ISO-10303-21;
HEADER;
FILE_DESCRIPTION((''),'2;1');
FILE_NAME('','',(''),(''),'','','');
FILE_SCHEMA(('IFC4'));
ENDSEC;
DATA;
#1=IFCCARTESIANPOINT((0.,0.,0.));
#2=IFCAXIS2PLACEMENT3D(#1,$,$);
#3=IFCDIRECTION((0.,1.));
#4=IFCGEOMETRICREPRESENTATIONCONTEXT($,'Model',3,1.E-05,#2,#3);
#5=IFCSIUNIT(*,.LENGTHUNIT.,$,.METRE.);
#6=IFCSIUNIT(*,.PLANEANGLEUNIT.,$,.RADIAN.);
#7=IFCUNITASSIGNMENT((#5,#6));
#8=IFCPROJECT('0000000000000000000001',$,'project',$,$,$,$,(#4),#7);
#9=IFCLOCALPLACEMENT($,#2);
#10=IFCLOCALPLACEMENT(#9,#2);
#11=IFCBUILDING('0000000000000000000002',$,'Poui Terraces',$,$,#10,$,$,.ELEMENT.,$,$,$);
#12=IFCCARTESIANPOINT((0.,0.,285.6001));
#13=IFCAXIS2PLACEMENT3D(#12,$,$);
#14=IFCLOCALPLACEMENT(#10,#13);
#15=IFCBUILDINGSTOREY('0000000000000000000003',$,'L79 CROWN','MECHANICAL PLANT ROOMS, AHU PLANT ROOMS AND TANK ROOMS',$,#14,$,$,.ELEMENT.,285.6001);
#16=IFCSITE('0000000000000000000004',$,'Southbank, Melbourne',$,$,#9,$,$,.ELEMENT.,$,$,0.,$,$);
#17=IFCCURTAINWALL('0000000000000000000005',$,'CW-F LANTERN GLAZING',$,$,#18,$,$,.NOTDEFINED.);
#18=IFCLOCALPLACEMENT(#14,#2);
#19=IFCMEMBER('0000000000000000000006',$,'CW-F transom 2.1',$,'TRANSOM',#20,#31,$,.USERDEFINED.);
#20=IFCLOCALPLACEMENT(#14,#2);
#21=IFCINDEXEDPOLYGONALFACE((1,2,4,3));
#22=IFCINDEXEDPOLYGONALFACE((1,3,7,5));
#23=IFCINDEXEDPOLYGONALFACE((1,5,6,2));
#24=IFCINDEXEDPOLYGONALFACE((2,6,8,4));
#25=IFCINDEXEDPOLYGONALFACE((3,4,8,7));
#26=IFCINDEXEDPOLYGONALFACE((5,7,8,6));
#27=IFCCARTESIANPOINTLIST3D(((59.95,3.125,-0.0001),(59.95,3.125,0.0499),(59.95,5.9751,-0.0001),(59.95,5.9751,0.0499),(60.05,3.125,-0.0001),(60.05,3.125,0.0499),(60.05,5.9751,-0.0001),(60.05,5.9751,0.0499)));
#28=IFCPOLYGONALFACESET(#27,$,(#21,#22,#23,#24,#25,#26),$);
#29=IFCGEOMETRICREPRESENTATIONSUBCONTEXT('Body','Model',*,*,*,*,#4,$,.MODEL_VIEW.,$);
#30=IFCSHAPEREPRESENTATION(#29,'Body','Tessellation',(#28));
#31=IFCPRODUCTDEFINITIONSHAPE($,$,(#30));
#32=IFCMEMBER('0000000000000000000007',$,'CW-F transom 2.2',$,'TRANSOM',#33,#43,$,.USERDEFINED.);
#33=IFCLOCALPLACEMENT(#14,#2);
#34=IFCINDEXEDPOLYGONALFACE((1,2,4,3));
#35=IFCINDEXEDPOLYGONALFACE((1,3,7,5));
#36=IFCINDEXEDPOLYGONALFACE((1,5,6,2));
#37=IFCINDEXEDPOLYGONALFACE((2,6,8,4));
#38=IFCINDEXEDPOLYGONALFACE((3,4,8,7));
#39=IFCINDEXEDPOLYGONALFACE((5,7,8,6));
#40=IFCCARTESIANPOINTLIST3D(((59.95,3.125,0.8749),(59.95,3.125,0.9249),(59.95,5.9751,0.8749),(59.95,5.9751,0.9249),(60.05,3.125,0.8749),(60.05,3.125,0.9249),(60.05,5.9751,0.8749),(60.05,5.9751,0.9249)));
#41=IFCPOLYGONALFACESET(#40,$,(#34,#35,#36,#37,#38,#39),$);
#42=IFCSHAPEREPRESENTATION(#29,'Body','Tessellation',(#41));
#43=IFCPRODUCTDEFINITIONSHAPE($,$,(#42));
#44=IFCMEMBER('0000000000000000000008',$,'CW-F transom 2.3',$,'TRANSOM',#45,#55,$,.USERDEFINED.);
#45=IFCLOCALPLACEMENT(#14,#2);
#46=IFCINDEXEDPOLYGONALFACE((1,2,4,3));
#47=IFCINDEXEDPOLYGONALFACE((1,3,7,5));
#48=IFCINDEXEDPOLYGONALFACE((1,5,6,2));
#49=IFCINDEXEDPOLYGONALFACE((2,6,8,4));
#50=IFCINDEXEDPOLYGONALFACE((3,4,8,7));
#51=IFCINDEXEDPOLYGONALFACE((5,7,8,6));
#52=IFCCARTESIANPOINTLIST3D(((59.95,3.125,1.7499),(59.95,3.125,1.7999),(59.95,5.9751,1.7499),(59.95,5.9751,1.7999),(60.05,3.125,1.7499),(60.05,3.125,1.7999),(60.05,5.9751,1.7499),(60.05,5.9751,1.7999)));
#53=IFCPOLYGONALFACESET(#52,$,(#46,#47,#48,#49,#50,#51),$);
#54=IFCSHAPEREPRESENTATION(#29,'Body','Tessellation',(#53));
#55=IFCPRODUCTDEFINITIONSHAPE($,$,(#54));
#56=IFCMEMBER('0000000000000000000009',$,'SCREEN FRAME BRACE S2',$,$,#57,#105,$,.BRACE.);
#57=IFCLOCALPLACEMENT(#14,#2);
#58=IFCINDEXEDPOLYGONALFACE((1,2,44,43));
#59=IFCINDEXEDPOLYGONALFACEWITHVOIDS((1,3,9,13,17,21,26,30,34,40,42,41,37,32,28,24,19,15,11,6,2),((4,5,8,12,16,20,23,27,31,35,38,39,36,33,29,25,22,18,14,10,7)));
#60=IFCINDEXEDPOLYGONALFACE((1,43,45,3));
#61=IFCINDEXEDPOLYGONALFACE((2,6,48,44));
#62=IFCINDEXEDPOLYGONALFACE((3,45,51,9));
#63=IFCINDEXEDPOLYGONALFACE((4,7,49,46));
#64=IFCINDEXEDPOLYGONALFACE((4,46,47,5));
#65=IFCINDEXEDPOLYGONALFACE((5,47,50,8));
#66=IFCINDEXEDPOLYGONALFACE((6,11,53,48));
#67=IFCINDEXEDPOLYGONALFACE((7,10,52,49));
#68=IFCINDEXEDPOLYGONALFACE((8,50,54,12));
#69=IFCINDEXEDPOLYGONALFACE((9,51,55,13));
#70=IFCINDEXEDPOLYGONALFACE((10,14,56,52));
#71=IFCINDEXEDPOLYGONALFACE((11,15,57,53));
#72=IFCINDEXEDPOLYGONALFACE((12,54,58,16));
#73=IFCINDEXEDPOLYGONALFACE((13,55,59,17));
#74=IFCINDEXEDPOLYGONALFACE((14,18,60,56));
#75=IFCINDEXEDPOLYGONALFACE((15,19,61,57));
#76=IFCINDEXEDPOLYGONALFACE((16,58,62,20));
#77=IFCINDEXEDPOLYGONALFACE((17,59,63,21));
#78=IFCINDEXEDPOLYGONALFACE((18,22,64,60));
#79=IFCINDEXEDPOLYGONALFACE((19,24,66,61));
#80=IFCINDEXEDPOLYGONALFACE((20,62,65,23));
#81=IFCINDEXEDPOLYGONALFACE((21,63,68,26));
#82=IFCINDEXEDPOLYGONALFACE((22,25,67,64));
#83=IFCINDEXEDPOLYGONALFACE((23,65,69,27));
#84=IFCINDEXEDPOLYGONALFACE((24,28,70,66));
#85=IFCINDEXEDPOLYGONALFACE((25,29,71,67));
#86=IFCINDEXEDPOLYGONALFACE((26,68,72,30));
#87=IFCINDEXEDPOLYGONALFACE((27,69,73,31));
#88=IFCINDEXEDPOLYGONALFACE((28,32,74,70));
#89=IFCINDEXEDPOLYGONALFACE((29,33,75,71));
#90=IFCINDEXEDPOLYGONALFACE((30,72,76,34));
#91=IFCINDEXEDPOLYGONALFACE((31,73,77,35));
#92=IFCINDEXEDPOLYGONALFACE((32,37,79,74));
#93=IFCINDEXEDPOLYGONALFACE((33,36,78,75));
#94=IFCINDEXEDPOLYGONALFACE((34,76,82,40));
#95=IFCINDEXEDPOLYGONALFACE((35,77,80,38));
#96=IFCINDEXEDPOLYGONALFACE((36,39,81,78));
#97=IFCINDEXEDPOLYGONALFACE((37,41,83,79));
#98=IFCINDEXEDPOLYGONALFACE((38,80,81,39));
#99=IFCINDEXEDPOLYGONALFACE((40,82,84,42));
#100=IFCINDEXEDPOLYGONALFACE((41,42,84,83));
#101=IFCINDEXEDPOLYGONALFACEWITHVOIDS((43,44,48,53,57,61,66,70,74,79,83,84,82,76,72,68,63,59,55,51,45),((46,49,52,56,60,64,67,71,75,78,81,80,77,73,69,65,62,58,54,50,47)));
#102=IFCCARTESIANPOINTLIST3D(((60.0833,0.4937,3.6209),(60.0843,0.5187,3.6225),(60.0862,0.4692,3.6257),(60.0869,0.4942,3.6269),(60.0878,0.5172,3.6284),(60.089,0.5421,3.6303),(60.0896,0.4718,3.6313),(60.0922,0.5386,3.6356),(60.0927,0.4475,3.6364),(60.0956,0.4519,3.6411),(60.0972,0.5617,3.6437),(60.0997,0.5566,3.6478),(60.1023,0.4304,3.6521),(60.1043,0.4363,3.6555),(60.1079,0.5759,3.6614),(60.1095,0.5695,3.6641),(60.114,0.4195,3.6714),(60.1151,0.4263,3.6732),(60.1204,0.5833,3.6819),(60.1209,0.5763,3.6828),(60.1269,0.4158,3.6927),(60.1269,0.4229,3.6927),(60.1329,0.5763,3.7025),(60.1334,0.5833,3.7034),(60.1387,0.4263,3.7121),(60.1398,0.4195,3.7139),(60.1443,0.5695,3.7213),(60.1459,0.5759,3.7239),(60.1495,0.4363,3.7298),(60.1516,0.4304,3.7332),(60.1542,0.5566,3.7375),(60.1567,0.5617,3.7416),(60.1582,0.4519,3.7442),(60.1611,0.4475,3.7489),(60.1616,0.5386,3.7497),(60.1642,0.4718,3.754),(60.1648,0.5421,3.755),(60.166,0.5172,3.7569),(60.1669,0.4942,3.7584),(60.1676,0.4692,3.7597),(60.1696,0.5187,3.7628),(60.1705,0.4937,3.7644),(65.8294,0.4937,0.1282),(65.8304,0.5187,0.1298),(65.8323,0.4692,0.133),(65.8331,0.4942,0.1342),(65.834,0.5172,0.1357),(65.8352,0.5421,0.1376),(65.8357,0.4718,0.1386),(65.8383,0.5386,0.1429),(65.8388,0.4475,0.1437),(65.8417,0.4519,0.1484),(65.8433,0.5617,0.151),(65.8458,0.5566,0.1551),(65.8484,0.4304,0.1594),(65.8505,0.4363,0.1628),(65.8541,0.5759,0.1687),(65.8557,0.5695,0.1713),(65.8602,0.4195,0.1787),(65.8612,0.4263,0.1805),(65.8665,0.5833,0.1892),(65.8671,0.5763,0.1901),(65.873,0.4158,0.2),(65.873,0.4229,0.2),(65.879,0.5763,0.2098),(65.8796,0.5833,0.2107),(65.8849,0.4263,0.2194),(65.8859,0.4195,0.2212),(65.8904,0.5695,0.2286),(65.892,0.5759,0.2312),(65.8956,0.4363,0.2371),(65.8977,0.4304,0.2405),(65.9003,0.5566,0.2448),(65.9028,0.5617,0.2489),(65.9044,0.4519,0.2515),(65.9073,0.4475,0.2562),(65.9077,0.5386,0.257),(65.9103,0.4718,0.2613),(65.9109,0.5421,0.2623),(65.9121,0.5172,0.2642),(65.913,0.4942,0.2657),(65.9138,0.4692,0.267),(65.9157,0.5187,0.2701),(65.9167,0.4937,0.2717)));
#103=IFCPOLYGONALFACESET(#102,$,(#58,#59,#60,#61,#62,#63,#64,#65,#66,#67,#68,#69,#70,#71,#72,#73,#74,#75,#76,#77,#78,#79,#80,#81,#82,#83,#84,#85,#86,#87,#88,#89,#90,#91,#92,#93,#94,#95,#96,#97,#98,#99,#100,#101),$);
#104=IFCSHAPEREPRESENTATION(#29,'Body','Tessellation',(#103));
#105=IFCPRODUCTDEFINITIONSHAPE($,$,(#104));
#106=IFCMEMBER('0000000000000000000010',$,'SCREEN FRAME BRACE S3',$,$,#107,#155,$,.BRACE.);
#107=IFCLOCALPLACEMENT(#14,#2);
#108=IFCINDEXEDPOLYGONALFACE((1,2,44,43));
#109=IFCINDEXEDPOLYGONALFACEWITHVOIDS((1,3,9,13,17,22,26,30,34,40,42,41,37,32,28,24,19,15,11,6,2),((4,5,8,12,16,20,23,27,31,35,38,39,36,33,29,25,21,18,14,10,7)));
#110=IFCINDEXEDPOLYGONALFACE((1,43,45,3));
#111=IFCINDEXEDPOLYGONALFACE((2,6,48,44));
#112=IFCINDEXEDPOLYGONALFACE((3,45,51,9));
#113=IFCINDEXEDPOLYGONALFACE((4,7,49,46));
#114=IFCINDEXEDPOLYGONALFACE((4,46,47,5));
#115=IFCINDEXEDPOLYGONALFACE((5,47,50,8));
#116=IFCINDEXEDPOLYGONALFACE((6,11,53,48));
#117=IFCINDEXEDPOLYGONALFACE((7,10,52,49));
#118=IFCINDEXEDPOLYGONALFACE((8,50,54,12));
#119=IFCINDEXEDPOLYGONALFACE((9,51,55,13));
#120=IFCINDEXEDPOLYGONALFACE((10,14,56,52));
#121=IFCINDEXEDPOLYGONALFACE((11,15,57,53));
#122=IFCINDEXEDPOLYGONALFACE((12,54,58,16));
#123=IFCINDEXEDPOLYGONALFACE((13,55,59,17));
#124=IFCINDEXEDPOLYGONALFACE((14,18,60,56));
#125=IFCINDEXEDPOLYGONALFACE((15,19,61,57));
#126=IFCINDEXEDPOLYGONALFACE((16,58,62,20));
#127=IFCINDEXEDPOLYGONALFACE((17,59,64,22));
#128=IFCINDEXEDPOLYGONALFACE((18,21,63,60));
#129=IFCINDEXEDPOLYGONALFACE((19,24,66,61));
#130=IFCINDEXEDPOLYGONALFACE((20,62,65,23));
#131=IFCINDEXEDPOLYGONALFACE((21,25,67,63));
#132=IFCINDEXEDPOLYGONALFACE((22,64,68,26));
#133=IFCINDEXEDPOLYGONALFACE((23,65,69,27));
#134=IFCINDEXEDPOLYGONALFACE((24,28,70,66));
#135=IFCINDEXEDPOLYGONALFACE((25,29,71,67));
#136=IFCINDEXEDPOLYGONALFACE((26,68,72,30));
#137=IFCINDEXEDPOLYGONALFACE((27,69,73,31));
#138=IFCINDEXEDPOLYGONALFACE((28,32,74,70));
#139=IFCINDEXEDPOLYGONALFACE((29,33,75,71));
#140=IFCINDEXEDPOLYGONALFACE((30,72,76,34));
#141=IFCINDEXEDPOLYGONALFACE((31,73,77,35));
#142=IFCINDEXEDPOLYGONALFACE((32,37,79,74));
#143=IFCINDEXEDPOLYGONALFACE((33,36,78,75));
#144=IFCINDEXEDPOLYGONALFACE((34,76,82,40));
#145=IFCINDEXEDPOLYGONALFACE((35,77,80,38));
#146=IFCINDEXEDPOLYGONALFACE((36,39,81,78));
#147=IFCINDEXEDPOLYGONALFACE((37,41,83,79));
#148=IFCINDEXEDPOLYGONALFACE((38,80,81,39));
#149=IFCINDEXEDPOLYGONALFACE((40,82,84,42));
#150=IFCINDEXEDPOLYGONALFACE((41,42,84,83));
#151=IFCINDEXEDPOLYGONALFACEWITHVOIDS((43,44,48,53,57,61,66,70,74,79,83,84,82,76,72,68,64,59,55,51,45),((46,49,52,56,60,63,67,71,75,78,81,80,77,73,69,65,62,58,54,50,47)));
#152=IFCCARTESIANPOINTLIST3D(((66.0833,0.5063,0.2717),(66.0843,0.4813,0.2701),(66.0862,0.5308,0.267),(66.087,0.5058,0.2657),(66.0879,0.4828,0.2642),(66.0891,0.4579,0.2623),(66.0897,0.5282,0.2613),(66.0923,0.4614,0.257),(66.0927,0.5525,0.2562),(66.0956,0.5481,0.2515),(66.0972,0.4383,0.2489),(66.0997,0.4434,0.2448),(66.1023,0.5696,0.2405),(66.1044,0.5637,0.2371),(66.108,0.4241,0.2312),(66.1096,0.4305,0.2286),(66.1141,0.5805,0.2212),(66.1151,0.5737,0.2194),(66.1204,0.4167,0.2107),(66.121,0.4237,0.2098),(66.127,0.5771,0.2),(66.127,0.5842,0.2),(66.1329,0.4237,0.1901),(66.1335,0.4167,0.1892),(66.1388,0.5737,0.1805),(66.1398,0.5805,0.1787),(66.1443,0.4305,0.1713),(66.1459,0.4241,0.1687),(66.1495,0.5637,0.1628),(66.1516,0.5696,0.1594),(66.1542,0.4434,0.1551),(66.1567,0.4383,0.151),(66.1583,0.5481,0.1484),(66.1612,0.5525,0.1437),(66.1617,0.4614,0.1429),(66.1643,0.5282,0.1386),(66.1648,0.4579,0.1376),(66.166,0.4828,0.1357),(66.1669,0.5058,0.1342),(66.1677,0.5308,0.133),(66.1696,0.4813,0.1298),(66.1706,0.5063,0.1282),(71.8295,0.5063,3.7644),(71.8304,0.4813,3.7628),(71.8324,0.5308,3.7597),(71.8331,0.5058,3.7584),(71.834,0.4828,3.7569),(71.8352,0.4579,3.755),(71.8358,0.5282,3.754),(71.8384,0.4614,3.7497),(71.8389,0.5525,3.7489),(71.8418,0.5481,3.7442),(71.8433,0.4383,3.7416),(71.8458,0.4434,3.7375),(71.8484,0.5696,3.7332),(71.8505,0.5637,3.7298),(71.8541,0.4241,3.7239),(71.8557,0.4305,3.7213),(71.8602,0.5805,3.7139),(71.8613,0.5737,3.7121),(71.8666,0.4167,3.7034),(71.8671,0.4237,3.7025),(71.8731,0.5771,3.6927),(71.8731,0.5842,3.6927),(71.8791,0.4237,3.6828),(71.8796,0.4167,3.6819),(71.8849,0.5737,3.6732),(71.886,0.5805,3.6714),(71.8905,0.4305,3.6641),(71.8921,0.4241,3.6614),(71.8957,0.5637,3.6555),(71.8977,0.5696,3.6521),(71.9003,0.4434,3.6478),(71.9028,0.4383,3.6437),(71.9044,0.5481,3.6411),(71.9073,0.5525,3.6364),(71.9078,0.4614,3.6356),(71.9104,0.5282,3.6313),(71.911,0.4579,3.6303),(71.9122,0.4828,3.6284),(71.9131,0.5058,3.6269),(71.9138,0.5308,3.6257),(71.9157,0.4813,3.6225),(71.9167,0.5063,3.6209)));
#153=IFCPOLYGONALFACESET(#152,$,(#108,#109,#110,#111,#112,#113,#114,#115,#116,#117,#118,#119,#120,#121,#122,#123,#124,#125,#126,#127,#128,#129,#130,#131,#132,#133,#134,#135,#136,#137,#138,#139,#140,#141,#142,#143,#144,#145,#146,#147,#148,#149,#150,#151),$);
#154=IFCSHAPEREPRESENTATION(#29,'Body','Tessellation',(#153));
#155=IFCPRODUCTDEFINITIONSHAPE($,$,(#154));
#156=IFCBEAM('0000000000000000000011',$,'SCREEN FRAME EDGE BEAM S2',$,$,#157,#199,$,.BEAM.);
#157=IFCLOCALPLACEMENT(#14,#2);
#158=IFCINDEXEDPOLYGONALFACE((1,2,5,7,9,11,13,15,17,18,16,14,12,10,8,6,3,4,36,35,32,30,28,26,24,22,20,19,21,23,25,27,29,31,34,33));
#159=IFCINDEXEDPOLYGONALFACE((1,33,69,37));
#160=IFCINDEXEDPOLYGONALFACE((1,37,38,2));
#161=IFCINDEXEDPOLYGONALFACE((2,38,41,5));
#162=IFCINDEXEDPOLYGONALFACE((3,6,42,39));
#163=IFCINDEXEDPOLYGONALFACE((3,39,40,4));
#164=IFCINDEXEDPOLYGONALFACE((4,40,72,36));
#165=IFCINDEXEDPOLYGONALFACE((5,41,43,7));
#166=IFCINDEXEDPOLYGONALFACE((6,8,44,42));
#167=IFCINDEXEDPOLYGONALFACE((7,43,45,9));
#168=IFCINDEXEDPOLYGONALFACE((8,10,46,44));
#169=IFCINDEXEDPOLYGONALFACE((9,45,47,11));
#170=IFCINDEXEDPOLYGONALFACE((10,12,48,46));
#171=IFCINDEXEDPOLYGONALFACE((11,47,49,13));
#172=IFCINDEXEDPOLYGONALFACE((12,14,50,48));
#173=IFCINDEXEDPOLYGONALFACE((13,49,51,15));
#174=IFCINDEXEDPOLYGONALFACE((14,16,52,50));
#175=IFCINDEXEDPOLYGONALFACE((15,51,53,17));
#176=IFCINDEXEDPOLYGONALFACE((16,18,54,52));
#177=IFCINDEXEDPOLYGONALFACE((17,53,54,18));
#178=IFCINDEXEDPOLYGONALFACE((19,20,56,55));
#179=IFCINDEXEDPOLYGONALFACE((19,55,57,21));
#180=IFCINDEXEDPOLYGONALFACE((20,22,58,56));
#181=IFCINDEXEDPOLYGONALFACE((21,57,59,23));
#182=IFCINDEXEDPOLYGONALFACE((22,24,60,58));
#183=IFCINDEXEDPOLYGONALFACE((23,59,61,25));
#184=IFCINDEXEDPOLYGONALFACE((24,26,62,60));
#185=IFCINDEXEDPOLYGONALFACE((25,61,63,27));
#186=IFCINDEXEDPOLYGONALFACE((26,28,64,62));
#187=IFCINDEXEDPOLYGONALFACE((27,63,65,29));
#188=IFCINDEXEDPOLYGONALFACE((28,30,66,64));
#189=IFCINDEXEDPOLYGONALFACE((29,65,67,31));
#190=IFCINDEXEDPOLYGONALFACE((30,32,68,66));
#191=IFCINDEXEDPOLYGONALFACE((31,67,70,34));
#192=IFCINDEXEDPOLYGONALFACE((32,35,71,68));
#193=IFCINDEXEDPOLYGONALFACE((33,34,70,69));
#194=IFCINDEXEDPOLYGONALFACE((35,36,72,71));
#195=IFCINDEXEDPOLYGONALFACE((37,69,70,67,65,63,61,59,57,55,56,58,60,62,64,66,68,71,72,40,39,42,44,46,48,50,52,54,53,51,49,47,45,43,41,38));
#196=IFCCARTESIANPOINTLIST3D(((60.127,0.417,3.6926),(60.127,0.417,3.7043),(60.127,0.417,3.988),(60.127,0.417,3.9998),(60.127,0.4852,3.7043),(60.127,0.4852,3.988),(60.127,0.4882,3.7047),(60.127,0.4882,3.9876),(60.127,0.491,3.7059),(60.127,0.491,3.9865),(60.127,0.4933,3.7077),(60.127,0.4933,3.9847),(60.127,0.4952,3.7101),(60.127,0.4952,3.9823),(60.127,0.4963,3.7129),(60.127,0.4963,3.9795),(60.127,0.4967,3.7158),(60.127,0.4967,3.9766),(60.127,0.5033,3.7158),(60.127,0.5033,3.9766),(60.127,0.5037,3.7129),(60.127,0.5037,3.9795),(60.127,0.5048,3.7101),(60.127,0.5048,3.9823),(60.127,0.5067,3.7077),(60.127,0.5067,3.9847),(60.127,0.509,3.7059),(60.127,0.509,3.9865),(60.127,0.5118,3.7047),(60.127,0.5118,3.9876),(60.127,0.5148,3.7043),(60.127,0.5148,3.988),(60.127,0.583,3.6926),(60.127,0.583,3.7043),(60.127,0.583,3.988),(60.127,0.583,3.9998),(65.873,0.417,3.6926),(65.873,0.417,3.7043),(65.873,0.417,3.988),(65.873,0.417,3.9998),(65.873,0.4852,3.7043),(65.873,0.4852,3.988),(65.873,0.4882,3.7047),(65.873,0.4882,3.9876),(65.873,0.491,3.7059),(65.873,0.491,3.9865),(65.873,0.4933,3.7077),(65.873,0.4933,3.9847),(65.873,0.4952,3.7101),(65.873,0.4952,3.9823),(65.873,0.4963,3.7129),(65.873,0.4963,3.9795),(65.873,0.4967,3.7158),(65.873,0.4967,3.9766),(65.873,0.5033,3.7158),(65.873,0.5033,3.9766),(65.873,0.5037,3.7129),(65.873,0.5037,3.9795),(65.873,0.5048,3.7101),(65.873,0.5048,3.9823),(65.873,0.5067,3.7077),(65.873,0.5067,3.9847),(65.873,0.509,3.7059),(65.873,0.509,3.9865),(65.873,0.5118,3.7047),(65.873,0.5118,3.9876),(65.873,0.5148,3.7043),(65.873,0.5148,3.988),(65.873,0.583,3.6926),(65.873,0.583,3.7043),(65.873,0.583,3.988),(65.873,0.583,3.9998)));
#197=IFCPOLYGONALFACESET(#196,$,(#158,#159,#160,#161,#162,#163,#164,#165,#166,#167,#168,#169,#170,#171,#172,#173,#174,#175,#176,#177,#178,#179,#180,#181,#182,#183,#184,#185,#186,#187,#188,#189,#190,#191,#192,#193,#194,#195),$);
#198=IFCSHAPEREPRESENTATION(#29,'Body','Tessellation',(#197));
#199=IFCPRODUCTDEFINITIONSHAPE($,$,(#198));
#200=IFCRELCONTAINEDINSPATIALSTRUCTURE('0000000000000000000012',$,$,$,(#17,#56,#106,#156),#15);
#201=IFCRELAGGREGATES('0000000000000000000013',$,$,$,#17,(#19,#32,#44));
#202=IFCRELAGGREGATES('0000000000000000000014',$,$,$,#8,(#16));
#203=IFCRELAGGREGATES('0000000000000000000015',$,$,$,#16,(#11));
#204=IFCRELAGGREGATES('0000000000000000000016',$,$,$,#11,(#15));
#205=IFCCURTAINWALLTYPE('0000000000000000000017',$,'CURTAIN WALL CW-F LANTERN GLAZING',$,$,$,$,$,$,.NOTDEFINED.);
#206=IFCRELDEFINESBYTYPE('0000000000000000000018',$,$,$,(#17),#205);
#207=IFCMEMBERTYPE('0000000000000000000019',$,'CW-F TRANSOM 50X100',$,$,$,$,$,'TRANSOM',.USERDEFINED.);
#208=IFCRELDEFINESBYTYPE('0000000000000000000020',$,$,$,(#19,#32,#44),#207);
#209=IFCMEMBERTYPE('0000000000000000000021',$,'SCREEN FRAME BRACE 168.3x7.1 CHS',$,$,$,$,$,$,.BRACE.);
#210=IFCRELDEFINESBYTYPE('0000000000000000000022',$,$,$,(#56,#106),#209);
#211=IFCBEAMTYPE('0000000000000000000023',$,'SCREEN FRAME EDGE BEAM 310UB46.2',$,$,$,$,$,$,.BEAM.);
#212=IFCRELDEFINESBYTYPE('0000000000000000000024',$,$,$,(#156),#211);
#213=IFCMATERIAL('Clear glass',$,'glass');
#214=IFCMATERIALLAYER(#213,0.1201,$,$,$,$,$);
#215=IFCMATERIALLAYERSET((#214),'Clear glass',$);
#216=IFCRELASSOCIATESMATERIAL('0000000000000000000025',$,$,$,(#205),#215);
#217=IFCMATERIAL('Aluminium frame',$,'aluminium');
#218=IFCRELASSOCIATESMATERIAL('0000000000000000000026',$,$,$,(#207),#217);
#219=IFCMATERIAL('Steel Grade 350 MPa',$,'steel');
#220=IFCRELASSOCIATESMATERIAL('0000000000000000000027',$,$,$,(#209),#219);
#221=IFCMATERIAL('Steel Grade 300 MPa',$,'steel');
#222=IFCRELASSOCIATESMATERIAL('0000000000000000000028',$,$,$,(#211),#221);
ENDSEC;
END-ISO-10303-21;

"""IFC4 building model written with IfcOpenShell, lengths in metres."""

from ifc_helpers import new_model, si_unit, direction, frame, origin, origin_2d, place, context, subcontext, project, spatial, rectangle, hollow_circle, i_section, extrude, source, transform, mapped, material, layer, layer_set, material_profile, profile_set, type_object, element, aggregate, save


model = new_model("IFC4")

# Units and contexts
model_context = context("Model", 3, precision=1e-05, world=origin(), true_north=direction((0.0, 1.0)))
body_context = subcontext(model_context, "Body", "Model", "MODEL_VIEW")
ifc_project = project(units=[si_unit("LENGTHUNIT", "METRE"), si_unit("PLANEANGLEUNIT", "RADIAN")], contexts=[model_context])

# Site, building, storey
site_placement = place(None, origin())
site = spatial("IfcSite", under=ifc_project, at=site_placement, Name="Southbank, Melbourne", CompositionType="ELEMENT", RefElevation=0.0)
building_placement = place(site_placement, origin())
building = spatial("IfcBuilding", under=site, at=building_placement, Name="Poui Terraces", CompositionType="ELEMENT")
storey_placement = place(building_placement, frame((0.0, 0.0, 285.6001)))
storey = spatial("IfcBuildingStorey", under=building, at=storey_placement, Name="L79 CROWN", Description="MECHANICAL PLANT ROOMS, AHU PLANT ROOMS AND TANK ROOMS", CompositionType="ELEMENT", Elevation=285.6001)

# Shared definitions
ifc_material_1 = material(Name="Steel Grade 300 MPa", Category="steel")
ifc_material_2 = material(Name="Steel Grade 350 MPa", Category="steel")

# Shared definitions
ifc_material_3 = material(Name="Clear glass", Category="glass")
ifc_layer_1 = layer(ifc_material_3, 0.1201)
ifc_layer_set_1 = layer_set([ifc_layer_1], Name="Clear glass")
curtain_wall_type = type_object("IfcCurtainWallType", Name="CURTAIN WALL CW-F LANTERN GLAZING", PredefinedType="NOTDEFINED", material=ifc_layer_set_1)
ifc_material_4 = material(Name="Aluminium frame", Category="aluminium")

# Curtain wall
curtain_wall_1_placement = place(storey_placement, origin())
curtain_wall_1 = element("IfcCurtainWall", 1, at=curtain_wall_1_placement, inside=storey, type_object=curtain_wall_type, Name="CW-F LANTERN GLAZING", PredefinedType="NOTDEFINED")

# Members
ifc_material_profile_1 = material_profile(ifc_material_4, rectangle(XDim=0.1001, YDim=0.05, at=origin_2d()), Name="CW-F TRANSOM 50X100")
ifc_profile_set_1 = profile_set([ifc_material_profile_1], Name="Aluminium frame")
member_type_1 = type_object("IfcMemberType", Name="CW-F TRANSOM 50X100", ElementType="TRANSOM", PredefinedType="USERDEFINED", material=ifc_profile_set_1)
member_1_placement = place(storey_placement, frame((60.0, 5.9751, 0.0249), z_axis=(0.0, -1.0, 0.0), x_axis=(1.0, 0.0, 0.0)))
member_1 = element("IfcMember", 2, at=member_1_placement, type_object=member_type_1, Name="CW-F transom 2.1", ObjectType="TRANSOM", PredefinedType="USERDEFINED", context=body_context, shape_type="SweptSolid", body=[
    extrude(rectangle(XDim=0.1001, YDim=0.05, at=origin_2d()), origin(), (0.0, 0.0, 1.0), 2.8501),
])
member_2_placement = place(storey_placement, frame((60.0, 5.9751, 0.8999), z_axis=(0.0, -1.0, 0.0), x_axis=(1.0, 0.0, 0.0)))
member_2 = element("IfcMember", 3, at=member_2_placement, type_object=member_type_1, Name="CW-F transom 2.2", ObjectType="TRANSOM", PredefinedType="USERDEFINED", context=body_context, shape_type="SweptSolid", body=[
    extrude(rectangle(XDim=0.1001, YDim=0.05, at=origin_2d()), origin(), (0.0, 0.0, 1.0), 2.8501),
])
member_3_placement = place(storey_placement, frame((60.0, 5.9751, 1.7749), z_axis=(0.0, -1.0, 0.0), x_axis=(1.0, 0.0, 0.0)))
member_3 = element("IfcMember", 4, at=member_3_placement, type_object=member_type_1, Name="CW-F transom 2.3", ObjectType="TRANSOM", PredefinedType="USERDEFINED", context=body_context, shape_type="SweptSolid", body=[
    extrude(rectangle(XDim=0.1001, YDim=0.05, at=origin_2d()), origin(), (0.0, 0.0, 1.0), 2.8501),
])

# Members
ifc_material_profile_2 = material_profile(ifc_material_2, hollow_circle(Radius=0.0842, WallThickness=0.0071, at=origin_2d()), Name="168.3x7.1 CHS")
ifc_profile_set_2 = profile_set([ifc_material_profile_2], Name="Steel Grade 350 MPa")
member_type_2 = type_object("IfcMemberType", Name="SCREEN FRAME BRACE 168.3x7.1 CHS", PredefinedType="BRACE", material=ifc_profile_set_2)
for number, where, z_axis, x_axis, name in (
    (5, (65.873, 0.5, 0.2), (-0.854525, 0.0, 0.51941), (0.0, -1.0, 0.0), "SCREEN FRAME BRACE S2"),
    (6, (66.127, 0.5, 0.2), (0.854525, 0.0, 0.51941), (0.0, 1.0, 0.0), "SCREEN FRAME BRACE S3"),
):
    element("IfcMember", number, at=place(storey_placement, frame(where, z_axis=z_axis, x_axis=x_axis)), inside=storey, type_object=member_type_2, Name=name, PredefinedType="BRACE", context=body_context, shape_type="SweptSolid", body=[
        extrude(hollow_circle(Radius=0.0842, WallThickness=0.0071, at=origin_2d()), origin(), (0.0, 0.0, 1.0), 6.7244),
    ])

# Beam
ifc_material_profile_3 = material_profile(ifc_material_1, i_section(OverallWidth=0.166, OverallDepth=0.3071, WebThickness=0.0066, FlangeThickness=0.0117, FilletRadius=0.0115, at=origin_2d()), Name="310UB46.2")
ifc_profile_set_3 = profile_set([ifc_material_profile_3], Name="Steel Grade 300 MPa")
beam_type = type_object("IfcBeamType", Name="SCREEN FRAME EDGE BEAM 310UB46.2", PredefinedType="BEAM", material=ifc_profile_set_3)
shared_shape_1 = source(origin(), body_context, "Body", "SweptSolid", [
    extrude(i_section(OverallWidth=0.166, OverallDepth=0.3071, WebThickness=0.0066, FlangeThickness=0.0117, FilletRadius=0.0115, at=origin_2d()), origin(), (0.0, 0.0, 1.0), 5.7461),
])
for number, where, z_axis, x_axis, name in (
    (7, (60.127, 0.5, 3.8462), (1.0, 0.0, 0.0), (0.0, 1.0, 0.0), "SCREEN FRAME EDGE BEAM S2"),
):
    element("IfcBeam", number, at=place(storey_placement, frame(where, z_axis=z_axis, x_axis=x_axis)), inside=storey, type_object=beam_type, Name=name, PredefinedType="BEAM", context=body_context, shape_type="MappedRepresentation", body=[
        mapped(shared_shape_1, transform((0.0, 0.0, 0.0))),
    ])

aggregate(curtain_wall_1, [member_1, member_2, member_3])

save(model, "model.ifc")
